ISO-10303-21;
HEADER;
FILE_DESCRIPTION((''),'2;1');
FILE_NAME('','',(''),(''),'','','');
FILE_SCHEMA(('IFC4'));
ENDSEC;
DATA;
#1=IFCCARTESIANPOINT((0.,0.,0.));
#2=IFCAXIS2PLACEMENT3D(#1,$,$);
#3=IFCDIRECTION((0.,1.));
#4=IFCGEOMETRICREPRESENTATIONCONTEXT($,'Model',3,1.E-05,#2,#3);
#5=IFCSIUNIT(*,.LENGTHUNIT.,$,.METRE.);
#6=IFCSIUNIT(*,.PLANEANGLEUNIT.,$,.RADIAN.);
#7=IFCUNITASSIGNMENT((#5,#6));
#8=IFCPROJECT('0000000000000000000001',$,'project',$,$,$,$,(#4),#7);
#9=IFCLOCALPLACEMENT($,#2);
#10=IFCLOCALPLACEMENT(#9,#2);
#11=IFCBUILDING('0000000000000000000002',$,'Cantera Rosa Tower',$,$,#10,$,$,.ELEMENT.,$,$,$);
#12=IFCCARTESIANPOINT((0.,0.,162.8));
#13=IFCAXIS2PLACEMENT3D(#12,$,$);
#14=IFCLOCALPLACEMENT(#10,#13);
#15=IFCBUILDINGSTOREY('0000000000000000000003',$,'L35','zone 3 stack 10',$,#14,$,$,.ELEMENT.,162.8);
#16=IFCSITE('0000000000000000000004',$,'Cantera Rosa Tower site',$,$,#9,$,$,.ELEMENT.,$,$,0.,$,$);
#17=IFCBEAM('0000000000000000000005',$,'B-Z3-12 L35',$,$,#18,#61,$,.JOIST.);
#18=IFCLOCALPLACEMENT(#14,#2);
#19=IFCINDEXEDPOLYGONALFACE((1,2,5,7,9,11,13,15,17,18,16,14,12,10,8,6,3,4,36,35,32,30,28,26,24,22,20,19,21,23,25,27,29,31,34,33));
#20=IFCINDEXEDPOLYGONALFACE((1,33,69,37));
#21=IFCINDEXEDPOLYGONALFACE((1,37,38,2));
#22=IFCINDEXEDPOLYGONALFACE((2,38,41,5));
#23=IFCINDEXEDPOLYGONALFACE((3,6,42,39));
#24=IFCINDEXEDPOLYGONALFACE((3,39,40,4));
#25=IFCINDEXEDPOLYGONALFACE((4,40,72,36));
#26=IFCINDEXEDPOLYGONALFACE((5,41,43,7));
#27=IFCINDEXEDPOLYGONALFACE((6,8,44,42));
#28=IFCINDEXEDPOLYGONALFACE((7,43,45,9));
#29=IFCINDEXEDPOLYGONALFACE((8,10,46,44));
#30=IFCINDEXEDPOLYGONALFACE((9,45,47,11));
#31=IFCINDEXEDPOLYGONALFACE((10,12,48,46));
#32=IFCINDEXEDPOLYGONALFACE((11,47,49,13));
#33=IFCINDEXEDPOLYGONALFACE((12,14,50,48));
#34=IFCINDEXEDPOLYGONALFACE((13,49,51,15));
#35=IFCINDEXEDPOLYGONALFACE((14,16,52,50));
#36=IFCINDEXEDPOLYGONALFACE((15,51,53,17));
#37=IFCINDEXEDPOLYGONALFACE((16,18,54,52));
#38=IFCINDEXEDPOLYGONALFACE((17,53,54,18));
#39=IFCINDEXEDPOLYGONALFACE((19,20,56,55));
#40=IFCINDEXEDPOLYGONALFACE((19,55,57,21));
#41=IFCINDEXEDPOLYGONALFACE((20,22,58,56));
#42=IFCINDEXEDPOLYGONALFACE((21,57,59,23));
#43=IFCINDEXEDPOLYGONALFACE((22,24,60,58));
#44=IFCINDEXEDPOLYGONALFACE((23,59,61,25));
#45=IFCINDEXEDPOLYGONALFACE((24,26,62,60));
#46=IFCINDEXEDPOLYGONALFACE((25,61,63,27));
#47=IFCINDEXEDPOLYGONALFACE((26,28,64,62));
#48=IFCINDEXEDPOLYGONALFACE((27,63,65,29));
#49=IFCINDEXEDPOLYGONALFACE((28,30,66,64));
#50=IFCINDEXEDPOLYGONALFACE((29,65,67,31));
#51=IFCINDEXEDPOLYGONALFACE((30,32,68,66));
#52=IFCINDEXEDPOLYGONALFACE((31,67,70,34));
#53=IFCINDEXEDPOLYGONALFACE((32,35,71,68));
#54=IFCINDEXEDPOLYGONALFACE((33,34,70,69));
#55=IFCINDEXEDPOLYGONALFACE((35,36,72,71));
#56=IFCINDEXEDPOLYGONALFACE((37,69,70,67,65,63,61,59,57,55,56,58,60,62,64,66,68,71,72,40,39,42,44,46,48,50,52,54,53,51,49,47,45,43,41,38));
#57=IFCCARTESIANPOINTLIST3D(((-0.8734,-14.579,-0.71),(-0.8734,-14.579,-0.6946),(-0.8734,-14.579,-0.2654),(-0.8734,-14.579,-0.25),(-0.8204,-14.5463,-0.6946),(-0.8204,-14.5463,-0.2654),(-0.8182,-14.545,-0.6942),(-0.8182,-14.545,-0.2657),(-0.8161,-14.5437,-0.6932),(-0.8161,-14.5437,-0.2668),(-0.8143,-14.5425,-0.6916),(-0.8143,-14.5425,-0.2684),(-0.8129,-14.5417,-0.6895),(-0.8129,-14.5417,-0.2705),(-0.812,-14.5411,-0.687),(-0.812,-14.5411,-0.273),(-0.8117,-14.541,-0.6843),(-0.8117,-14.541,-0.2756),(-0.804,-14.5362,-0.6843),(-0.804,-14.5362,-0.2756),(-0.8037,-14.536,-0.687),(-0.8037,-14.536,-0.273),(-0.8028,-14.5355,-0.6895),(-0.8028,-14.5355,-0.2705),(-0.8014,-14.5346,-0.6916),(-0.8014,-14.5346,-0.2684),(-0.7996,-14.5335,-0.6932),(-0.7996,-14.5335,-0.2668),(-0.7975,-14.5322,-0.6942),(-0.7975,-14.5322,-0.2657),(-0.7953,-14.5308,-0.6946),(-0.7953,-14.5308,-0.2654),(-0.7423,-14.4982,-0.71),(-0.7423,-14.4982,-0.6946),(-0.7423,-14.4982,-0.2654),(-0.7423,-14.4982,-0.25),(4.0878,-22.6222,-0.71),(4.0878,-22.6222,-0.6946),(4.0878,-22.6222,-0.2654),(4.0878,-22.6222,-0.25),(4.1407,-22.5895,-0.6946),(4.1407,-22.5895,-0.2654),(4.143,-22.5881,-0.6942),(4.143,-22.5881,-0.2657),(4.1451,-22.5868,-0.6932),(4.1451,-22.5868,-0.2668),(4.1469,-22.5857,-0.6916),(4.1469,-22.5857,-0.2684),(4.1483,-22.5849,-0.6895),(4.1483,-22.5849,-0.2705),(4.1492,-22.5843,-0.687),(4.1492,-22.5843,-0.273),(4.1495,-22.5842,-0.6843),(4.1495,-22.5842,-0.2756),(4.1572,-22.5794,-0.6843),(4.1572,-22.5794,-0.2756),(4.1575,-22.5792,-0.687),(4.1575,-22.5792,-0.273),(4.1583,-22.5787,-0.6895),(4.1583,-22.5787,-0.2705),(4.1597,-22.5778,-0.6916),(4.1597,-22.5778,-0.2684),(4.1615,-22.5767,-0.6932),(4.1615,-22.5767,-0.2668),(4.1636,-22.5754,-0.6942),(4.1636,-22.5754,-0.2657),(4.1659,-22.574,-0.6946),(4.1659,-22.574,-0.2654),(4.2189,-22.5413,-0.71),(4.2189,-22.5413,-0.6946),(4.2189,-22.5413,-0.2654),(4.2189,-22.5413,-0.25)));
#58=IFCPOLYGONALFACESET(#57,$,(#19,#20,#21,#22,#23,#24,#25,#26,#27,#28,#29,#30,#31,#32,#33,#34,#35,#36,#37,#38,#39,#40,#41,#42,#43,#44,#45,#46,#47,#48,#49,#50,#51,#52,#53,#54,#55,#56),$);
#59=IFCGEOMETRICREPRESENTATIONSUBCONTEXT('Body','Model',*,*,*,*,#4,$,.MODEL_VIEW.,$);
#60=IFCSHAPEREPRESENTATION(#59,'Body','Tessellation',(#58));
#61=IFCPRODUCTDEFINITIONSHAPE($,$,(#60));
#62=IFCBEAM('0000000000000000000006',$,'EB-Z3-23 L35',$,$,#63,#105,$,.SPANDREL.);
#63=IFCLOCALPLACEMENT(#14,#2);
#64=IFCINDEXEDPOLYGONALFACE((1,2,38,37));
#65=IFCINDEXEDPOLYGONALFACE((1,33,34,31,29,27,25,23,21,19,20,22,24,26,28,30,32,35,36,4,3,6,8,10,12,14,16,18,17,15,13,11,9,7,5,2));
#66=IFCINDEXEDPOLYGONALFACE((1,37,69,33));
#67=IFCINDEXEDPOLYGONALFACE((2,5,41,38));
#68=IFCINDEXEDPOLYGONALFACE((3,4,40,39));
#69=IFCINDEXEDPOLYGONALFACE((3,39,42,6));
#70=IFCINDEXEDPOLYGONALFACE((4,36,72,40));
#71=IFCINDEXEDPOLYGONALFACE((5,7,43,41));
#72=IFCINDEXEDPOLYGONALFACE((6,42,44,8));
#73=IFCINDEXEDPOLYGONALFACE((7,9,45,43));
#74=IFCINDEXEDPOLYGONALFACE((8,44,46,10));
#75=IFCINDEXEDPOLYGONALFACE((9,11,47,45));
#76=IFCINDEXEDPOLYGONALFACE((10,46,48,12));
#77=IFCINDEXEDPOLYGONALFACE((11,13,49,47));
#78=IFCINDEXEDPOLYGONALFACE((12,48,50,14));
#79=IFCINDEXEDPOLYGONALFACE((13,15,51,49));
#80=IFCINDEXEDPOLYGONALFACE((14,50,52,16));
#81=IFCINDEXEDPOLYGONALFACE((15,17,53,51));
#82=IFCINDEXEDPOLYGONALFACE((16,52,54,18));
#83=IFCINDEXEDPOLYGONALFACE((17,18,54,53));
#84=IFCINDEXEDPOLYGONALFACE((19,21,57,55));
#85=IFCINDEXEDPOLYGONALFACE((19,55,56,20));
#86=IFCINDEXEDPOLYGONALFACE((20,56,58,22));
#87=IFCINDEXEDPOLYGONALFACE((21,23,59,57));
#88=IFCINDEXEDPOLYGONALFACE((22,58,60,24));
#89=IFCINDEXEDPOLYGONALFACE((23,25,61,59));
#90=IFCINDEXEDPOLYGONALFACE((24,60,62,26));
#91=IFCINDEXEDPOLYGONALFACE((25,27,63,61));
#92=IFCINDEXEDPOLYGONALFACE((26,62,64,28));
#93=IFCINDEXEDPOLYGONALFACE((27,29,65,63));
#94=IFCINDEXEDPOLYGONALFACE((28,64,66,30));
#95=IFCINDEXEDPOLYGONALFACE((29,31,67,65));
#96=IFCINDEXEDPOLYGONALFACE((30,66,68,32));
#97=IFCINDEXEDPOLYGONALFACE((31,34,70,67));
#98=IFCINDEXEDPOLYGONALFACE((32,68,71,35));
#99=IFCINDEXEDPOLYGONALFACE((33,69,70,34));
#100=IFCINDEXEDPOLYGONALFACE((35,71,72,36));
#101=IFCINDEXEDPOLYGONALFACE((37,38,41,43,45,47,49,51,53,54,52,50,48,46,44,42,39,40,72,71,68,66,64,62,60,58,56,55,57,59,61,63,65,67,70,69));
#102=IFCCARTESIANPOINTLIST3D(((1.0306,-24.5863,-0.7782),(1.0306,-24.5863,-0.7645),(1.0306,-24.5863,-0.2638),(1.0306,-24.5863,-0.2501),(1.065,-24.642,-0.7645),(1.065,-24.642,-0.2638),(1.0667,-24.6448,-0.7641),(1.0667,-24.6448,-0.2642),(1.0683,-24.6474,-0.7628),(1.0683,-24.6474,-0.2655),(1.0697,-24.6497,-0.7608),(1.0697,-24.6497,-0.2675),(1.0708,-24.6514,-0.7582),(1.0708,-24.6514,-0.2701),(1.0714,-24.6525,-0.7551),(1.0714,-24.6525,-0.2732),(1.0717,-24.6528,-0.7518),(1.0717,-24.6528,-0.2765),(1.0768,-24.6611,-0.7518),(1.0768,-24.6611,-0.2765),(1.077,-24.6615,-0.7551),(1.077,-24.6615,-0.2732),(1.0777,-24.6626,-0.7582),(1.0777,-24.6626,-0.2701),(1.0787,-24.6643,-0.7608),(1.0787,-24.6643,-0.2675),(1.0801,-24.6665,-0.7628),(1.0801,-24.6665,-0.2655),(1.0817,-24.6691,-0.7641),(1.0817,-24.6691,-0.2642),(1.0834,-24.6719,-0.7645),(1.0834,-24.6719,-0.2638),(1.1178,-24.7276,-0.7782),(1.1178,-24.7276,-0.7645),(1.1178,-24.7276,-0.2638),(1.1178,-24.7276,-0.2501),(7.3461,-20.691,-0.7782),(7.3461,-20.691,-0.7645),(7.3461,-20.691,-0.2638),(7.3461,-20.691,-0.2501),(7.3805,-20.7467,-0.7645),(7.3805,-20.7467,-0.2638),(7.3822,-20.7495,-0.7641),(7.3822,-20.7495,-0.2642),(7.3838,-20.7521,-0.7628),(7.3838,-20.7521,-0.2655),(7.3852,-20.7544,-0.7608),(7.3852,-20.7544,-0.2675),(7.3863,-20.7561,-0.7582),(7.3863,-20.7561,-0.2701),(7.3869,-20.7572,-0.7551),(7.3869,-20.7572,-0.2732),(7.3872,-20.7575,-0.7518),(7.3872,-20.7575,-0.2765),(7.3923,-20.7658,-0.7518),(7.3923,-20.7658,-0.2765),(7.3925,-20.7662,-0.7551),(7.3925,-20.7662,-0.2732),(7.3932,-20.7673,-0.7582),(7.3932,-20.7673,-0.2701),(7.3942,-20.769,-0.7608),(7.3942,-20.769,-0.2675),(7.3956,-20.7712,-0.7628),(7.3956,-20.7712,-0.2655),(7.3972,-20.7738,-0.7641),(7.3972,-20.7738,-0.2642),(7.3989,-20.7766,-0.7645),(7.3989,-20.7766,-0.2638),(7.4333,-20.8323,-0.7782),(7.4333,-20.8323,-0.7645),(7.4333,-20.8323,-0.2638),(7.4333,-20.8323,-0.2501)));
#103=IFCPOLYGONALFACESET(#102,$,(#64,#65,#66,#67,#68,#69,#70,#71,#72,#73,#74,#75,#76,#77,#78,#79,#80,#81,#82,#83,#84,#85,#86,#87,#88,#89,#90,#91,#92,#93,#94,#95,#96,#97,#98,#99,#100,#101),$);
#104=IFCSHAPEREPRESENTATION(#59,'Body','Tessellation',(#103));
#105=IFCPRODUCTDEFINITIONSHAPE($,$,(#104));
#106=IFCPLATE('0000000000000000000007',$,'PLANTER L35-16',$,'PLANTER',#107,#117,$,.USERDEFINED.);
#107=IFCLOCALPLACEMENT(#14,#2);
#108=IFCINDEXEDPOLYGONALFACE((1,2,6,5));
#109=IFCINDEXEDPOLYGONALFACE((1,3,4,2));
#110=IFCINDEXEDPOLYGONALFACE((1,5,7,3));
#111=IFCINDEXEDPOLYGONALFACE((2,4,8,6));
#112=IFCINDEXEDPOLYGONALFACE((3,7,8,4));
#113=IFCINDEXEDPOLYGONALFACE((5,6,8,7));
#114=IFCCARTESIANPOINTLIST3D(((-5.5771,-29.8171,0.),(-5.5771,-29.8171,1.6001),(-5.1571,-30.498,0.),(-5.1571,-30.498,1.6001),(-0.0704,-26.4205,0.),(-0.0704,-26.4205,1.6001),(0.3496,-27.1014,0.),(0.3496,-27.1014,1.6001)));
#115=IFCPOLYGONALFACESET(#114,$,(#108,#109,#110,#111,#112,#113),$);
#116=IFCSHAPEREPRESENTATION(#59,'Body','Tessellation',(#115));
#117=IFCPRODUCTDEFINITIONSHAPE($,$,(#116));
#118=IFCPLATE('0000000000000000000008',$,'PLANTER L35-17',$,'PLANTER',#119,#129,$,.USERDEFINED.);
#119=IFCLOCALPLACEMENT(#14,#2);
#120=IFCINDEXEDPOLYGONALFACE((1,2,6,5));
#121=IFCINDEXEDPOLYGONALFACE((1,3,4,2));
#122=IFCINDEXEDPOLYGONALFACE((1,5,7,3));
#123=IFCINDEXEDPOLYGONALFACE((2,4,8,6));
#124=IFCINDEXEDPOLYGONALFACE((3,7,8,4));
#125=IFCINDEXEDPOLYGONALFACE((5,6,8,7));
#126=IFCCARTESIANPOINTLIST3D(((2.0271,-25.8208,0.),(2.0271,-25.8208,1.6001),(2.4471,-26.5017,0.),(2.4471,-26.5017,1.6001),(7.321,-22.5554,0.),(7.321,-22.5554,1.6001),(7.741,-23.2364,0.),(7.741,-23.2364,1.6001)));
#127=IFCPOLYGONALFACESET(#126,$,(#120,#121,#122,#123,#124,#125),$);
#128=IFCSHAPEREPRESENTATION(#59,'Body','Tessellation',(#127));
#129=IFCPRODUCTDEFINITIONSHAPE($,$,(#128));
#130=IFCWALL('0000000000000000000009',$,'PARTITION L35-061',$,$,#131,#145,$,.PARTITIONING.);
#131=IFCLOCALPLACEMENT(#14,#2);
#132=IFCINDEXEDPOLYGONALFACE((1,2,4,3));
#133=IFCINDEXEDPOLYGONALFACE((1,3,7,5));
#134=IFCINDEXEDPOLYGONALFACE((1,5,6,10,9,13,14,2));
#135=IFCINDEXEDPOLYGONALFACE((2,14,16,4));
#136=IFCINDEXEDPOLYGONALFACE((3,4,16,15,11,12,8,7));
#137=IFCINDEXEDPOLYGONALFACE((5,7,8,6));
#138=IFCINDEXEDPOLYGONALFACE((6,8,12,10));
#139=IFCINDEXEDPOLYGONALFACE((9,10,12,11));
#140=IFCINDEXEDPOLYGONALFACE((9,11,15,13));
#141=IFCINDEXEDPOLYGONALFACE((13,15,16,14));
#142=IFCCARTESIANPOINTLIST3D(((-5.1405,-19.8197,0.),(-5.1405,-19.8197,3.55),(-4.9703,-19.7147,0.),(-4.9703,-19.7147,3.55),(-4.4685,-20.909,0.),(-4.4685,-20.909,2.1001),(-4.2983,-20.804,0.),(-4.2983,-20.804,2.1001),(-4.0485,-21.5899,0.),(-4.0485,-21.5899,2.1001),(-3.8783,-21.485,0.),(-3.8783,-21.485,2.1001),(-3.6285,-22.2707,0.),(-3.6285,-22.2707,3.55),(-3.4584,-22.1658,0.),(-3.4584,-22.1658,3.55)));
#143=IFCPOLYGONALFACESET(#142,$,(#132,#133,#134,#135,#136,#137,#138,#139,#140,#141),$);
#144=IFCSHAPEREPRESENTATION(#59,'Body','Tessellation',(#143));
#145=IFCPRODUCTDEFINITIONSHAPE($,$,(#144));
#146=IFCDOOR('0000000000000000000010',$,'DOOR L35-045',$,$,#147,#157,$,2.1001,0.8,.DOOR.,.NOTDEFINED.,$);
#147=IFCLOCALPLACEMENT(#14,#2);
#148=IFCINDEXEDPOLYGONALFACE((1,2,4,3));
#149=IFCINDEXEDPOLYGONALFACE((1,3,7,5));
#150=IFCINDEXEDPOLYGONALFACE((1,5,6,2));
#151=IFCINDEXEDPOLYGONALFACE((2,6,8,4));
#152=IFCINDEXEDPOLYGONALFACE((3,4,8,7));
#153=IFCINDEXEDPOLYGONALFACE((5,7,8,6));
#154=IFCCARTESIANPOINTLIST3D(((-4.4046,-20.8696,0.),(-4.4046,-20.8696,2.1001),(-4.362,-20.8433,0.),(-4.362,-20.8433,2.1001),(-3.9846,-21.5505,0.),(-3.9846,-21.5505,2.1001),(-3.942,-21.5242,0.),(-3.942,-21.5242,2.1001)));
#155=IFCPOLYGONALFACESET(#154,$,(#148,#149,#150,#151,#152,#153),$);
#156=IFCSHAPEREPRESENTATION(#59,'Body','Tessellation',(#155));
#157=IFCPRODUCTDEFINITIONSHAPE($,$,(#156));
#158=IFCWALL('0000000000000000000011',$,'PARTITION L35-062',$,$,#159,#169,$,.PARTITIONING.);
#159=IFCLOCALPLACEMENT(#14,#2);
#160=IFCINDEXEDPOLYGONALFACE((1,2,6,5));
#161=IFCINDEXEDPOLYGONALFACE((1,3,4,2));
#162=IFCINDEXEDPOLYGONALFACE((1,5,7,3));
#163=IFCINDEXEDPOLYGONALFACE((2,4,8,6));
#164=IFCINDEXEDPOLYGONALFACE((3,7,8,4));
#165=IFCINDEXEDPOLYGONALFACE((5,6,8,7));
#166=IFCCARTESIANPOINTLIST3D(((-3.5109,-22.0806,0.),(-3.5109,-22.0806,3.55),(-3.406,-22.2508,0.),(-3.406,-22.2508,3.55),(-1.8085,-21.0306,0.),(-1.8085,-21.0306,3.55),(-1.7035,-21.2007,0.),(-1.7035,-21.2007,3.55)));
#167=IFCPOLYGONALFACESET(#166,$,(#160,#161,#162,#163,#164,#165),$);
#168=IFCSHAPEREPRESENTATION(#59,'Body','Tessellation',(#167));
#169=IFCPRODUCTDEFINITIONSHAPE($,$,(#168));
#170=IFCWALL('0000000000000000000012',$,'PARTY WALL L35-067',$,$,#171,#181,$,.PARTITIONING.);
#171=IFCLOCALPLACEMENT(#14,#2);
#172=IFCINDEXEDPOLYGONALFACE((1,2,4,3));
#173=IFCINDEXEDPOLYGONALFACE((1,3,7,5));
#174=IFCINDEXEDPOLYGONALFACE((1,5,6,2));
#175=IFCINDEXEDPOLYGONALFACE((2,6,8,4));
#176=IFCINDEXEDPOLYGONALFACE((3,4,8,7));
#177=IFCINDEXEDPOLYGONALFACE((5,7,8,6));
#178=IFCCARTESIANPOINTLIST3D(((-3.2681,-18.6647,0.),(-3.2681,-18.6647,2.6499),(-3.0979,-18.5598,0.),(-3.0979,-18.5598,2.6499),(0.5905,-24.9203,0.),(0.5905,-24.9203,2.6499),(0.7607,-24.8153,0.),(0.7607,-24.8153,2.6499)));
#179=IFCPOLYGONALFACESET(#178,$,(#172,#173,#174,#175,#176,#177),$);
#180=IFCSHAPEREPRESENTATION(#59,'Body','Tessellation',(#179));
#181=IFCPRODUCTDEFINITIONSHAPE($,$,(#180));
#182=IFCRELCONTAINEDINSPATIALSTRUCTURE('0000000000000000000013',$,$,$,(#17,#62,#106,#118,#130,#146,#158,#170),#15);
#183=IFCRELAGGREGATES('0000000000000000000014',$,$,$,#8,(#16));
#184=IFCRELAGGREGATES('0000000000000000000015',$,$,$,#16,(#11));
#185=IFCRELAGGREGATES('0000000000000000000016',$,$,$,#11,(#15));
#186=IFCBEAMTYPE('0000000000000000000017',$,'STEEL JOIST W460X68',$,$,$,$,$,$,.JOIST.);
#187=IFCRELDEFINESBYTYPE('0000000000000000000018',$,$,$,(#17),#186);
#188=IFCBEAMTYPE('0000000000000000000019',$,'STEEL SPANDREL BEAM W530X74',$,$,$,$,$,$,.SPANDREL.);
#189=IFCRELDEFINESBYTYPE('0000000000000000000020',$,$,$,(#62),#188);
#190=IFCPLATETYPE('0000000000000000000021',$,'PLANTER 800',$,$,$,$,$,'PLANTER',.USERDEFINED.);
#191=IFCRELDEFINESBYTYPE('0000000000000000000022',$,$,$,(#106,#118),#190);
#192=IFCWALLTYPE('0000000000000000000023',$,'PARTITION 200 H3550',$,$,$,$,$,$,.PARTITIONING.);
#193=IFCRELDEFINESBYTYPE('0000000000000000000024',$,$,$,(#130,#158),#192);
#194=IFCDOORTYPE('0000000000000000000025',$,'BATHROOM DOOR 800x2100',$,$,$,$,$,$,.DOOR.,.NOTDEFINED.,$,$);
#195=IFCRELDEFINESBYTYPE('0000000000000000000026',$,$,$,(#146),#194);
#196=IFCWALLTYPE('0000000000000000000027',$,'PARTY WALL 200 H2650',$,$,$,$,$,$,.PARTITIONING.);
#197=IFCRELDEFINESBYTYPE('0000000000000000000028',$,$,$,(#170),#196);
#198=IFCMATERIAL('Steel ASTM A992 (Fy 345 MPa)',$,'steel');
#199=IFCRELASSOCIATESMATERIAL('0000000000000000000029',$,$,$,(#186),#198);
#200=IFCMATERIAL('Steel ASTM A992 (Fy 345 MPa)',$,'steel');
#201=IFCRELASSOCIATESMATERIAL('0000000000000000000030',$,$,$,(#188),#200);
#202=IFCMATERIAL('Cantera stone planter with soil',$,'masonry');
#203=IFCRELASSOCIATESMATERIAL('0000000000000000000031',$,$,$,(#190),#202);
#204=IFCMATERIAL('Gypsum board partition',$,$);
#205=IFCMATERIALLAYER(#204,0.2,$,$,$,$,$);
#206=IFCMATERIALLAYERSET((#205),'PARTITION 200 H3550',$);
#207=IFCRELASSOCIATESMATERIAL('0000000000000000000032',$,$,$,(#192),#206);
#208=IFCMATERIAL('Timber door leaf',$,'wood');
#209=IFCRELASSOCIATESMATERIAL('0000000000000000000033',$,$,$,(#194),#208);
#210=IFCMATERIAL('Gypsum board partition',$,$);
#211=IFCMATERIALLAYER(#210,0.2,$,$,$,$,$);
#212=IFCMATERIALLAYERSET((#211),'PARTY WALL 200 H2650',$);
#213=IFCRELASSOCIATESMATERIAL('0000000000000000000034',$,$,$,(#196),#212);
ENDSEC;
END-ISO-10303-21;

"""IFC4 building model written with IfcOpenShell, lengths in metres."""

from ifc_helpers import new_model, si_unit, direction, frame, frame_2d, origin, origin_2d, place, context, subcontext, project, spatial, rectangle, i_section, extrude, material, layer, layer_set, material_profile, profile_set, type_object, element, fill, save


model = new_model("IFC4")

# Units and contexts
model_context = context("Model", 3, precision=1e-05, world=origin(), true_north=direction((0.0, 1.0)))
body_context = subcontext(model_context, "Body", "Model", "MODEL_VIEW")
ifc_project = project(units=[si_unit("LENGTHUNIT", "METRE"), si_unit("PLANEANGLEUNIT", "RADIAN")], contexts=[model_context])

# Site, building, storey
site_placement = place(None, origin())
site = spatial("IfcSite", under=ifc_project, at=site_placement, Name="Cantera Rosa Tower site", CompositionType="ELEMENT", RefElevation=0.0)
building_placement = place(site_placement, origin())
building = spatial("IfcBuilding", under=site, at=building_placement, Name="Cantera Rosa Tower", CompositionType="ELEMENT")
storey_placement = place(building_placement, frame((0.0, 0.0, 162.8)))
storey = spatial("IfcBuildingStorey", under=building, at=storey_placement, Name="L35", Description="zone 3 stack 10", CompositionType="ELEMENT", Elevation=162.8)

# Beams
ifc_material_1 = material(Name="Steel ASTM A992 (Fy 345 MPa)", Category="steel")
ifc_material_profile_1 = material_profile(ifc_material_1, i_section(OverallWidth=0.1541, OverallDepth=0.46, WebThickness=0.009, FlangeThickness=0.0154, FilletRadius=0.0103, at=origin_2d()), Name="W460X68")
ifc_profile_set_1 = profile_set([ifc_material_profile_1], Name="Steel ASTM A992 (Fy 345 MPa)")
beam_type_1 = type_object("IfcBeamType", Name="STEEL JOIST W460X68", PredefinedType="JOIST", material=ifc_profile_set_1)
beam_1_placement = place(storey_placement, frame((4.1533, -22.5818, -0.48), z_axis=(-0.524981, 0.851114, 0.0), x_axis=(-0.851114, -0.524981, 0.0)))
element("IfcBeam", 1, at=beam_1_placement, inside=storey, type_object=beam_type_1, Name="B-Z3-12 L35", PredefinedType="JOIST", context=body_context, shape_type="SweptSolid", body=[
    extrude(i_section(OverallWidth=0.1541, OverallDepth=0.46, WebThickness=0.009, FlangeThickness=0.0154, FilletRadius=0.0103, at=origin_2d()), origin(), (0.0, 0.0, 1.0), 9.4502),
])
ifc_material_2 = material(Name="Steel ASTM A992 (Fy 345 MPa)", Category="steel")
ifc_material_profile_2 = material_profile(ifc_material_2, i_section(OverallWidth=0.166, OverallDepth=0.5281, WebThickness=0.0098, FlangeThickness=0.0137, FilletRadius=0.0127, at=origin_2d()), Name="W530X74")
ifc_profile_set_2 = profile_set([ifc_material_profile_2], Name="Steel ASTM A992 (Fy 345 MPa)")
beam_type_2 = type_object("IfcBeamType", Name="STEEL SPANDREL BEAM W530X74", PredefinedType="SPANDREL", material=ifc_profile_set_2)
beam_2_placement = place(storey_placement, frame((1.0742, -24.657, -0.5142), z_axis=(0.851126, 0.524962, 0.0), x_axis=(-0.524962, 0.851126, 0.0)))
element("IfcBeam", 2, at=beam_2_placement, inside=storey, type_object=beam_type_2, Name="EB-Z3-23 L35", PredefinedType="SPANDREL", context=body_context, shape_type="SweptSolid", body=[
    extrude(i_section(OverallWidth=0.166, OverallDepth=0.5281, WebThickness=0.0098, FlangeThickness=0.0137, FilletRadius=0.0127, at=origin_2d()), origin(), (0.0, 0.0, 1.0), 7.4202),
])

# Plates
ifc_material_3 = material(Name="Cantera stone planter with soil", Category="masonry")
plate_type = type_object("IfcPlateType", Name="PLANTER 800", ElementType="PLANTER", PredefinedType="USERDEFINED", material=ifc_material_3)
plate_1_placement = place(storey_placement, frame((-2.6138, -28.4592, 0.0), z_axis=(0.0, 0.0, 1.0), x_axis=(0.851117, 0.524977, 0.0)))
element("IfcPlate", 3, at=plate_1_placement, inside=storey, type_object=plate_type, Name="PLANTER L35-16", ObjectType="PLANTER", PredefinedType="USERDEFINED", context=body_context, shape_type="SweptSolid", body=[
    extrude(rectangle(XDim=6.47, YDim=0.8, at=origin_2d()), origin(), (0.0, 0.0, 1.0), 1.6001),
])
plate_2_placement = place(storey_placement, frame((4.884, -24.5286, 0.0), z_axis=(0.0, 0.0, 1.0), x_axis=(0.851117, 0.524977, 0.0)))
element("IfcPlate", 4, at=plate_2_placement, inside=storey, type_object=plate_type, Name="PLANTER L35-17", ObjectType="PLANTER", PredefinedType="USERDEFINED", context=body_context, shape_type="SweptSolid", body=[
    extrude(rectangle(XDim=6.22, YDim=0.8, at=origin_2d()), origin(), (0.0, 0.0, 1.0), 1.6001),
])

# Wall, opening, door
ifc_material_4 = material(Name="Gypsum board partition")
ifc_layer_1 = layer(ifc_material_4, 0.2)
ifc_layer_set_1 = layer_set([ifc_layer_1], Name="PARTITION 200 H3550")
wall_type_1 = type_object("IfcWallType", Name="PARTITION 200 H3550", PredefinedType="PARTITIONING", material=ifc_layer_set_1)
wall_1_placement = place(storey_placement, frame((-3.5435, -22.2183, 0.0), z_axis=(0.0, 0.0, 1.0), x_axis=(-0.524991, 0.851108, 0.0)))
wall_1 = element("IfcWall", 5, at=wall_1_placement, inside=storey, type_object=wall_type_1, Name="PARTITION L35-061", PredefinedType="PARTITIONING", context=body_context, shape_type="SweptSolid", body=[
    extrude(rectangle(XDim=2.8799, YDim=0.2, at=frame_2d((1.4399, 0.0))), origin(), (0.0, 0.0, 1.0), 3.55),
])
opening_1_placement = place(wall_1_placement, frame((0.8, 0.0, 0.0)))
opening_1 = element("IfcOpeningElement", 6, at=opening_1_placement, cuts=wall_1, PredefinedType="OPENING", context=body_context, shape_type="SweptSolid", body=[
    extrude(rectangle(XDim=0.8, YDim=2.1001, at=frame_2d((0.3999, 1.05))), frame((0.0, 0.1099, 0.0), z_axis=(0.0, -1.0, 0.0), x_axis=(1.0, 0.0, 0.0)), (0.0, 0.0, 1.0), 0.22),
])
ifc_material_5 = material(Name="Timber door leaf", Category="wood")
door_type_1 = type_object("IfcDoorType", Name="BATHROOM DOOR 800x2100", OperationType="NOTDEFINED", PredefinedType="DOOR", material=ifc_material_5)
door_1_placement = place(opening_1_placement, origin())
door_1 = element("IfcDoor", 7, at=door_1_placement, inside=storey, type_object=door_type_1, Name="DOOR L35-045", OperationType="NOTDEFINED", OverallHeight=2.1001, OverallWidth=0.8, PredefinedType="DOOR", context=body_context, shape_type="SweptSolid", body=[
    extrude(rectangle(XDim=0.8, YDim=2.1001, at=frame_2d((0.3999, 1.05))), frame((0.0, 0.0249, 0.0), z_axis=(0.0, -1.0, 0.0), x_axis=(1.0, 0.0, 0.0)), (0.0, 0.0, 1.0), 0.05),
])
fill(opening_1, door_1)

# Walls
wall_2_placement = place(storey_placement, frame((-1.7561, -21.1157, 0.0), z_axis=(0.0, 0.0, 1.0), x_axis=(-0.851117, -0.524976, 0.0)))
element("IfcWall", 8, at=wall_2_placement, inside=storey, type_object=wall_type_1, Name="PARTITION L35-062", PredefinedType="PARTITIONING", context=body_context, shape_type="SweptSolid", body=[
    extrude(rectangle(XDim=2.0002, YDim=0.2, at=frame_2d((1.0, 0.0))), origin(), (0.0, 0.0, 1.0), 3.55),
])
ifc_material_6 = material(Name="Gypsum board partition")
ifc_layer_2 = layer(ifc_material_6, 0.2)
ifc_layer_set_2 = layer_set([ifc_layer_2], Name="PARTY WALL 200 H2650")
wall_type_2 = type_object("IfcWallType", Name="PARTY WALL 200 H2650", PredefinedType="PARTITIONING", material=ifc_layer_set_2)
wall_3_placement = place(storey_placement, frame((0.6755, -24.8677, 0.0), z_axis=(0.0, 0.0, 1.0), x_axis=(-0.524989, 0.851109, 0.0)))
element("IfcWall", 9, at=wall_3_placement, inside=storey, type_object=wall_type_2, Name="PARTY WALL L35-067", PredefinedType="PARTITIONING", context=body_context, shape_type="SweptSolid", body=[
    extrude(rectangle(XDim=7.3499, YDim=0.2, at=frame_2d((3.6748, 0.0))), origin(), (0.0, 0.0, 1.0), 2.6499),
])

save(model, "model.ifc")
